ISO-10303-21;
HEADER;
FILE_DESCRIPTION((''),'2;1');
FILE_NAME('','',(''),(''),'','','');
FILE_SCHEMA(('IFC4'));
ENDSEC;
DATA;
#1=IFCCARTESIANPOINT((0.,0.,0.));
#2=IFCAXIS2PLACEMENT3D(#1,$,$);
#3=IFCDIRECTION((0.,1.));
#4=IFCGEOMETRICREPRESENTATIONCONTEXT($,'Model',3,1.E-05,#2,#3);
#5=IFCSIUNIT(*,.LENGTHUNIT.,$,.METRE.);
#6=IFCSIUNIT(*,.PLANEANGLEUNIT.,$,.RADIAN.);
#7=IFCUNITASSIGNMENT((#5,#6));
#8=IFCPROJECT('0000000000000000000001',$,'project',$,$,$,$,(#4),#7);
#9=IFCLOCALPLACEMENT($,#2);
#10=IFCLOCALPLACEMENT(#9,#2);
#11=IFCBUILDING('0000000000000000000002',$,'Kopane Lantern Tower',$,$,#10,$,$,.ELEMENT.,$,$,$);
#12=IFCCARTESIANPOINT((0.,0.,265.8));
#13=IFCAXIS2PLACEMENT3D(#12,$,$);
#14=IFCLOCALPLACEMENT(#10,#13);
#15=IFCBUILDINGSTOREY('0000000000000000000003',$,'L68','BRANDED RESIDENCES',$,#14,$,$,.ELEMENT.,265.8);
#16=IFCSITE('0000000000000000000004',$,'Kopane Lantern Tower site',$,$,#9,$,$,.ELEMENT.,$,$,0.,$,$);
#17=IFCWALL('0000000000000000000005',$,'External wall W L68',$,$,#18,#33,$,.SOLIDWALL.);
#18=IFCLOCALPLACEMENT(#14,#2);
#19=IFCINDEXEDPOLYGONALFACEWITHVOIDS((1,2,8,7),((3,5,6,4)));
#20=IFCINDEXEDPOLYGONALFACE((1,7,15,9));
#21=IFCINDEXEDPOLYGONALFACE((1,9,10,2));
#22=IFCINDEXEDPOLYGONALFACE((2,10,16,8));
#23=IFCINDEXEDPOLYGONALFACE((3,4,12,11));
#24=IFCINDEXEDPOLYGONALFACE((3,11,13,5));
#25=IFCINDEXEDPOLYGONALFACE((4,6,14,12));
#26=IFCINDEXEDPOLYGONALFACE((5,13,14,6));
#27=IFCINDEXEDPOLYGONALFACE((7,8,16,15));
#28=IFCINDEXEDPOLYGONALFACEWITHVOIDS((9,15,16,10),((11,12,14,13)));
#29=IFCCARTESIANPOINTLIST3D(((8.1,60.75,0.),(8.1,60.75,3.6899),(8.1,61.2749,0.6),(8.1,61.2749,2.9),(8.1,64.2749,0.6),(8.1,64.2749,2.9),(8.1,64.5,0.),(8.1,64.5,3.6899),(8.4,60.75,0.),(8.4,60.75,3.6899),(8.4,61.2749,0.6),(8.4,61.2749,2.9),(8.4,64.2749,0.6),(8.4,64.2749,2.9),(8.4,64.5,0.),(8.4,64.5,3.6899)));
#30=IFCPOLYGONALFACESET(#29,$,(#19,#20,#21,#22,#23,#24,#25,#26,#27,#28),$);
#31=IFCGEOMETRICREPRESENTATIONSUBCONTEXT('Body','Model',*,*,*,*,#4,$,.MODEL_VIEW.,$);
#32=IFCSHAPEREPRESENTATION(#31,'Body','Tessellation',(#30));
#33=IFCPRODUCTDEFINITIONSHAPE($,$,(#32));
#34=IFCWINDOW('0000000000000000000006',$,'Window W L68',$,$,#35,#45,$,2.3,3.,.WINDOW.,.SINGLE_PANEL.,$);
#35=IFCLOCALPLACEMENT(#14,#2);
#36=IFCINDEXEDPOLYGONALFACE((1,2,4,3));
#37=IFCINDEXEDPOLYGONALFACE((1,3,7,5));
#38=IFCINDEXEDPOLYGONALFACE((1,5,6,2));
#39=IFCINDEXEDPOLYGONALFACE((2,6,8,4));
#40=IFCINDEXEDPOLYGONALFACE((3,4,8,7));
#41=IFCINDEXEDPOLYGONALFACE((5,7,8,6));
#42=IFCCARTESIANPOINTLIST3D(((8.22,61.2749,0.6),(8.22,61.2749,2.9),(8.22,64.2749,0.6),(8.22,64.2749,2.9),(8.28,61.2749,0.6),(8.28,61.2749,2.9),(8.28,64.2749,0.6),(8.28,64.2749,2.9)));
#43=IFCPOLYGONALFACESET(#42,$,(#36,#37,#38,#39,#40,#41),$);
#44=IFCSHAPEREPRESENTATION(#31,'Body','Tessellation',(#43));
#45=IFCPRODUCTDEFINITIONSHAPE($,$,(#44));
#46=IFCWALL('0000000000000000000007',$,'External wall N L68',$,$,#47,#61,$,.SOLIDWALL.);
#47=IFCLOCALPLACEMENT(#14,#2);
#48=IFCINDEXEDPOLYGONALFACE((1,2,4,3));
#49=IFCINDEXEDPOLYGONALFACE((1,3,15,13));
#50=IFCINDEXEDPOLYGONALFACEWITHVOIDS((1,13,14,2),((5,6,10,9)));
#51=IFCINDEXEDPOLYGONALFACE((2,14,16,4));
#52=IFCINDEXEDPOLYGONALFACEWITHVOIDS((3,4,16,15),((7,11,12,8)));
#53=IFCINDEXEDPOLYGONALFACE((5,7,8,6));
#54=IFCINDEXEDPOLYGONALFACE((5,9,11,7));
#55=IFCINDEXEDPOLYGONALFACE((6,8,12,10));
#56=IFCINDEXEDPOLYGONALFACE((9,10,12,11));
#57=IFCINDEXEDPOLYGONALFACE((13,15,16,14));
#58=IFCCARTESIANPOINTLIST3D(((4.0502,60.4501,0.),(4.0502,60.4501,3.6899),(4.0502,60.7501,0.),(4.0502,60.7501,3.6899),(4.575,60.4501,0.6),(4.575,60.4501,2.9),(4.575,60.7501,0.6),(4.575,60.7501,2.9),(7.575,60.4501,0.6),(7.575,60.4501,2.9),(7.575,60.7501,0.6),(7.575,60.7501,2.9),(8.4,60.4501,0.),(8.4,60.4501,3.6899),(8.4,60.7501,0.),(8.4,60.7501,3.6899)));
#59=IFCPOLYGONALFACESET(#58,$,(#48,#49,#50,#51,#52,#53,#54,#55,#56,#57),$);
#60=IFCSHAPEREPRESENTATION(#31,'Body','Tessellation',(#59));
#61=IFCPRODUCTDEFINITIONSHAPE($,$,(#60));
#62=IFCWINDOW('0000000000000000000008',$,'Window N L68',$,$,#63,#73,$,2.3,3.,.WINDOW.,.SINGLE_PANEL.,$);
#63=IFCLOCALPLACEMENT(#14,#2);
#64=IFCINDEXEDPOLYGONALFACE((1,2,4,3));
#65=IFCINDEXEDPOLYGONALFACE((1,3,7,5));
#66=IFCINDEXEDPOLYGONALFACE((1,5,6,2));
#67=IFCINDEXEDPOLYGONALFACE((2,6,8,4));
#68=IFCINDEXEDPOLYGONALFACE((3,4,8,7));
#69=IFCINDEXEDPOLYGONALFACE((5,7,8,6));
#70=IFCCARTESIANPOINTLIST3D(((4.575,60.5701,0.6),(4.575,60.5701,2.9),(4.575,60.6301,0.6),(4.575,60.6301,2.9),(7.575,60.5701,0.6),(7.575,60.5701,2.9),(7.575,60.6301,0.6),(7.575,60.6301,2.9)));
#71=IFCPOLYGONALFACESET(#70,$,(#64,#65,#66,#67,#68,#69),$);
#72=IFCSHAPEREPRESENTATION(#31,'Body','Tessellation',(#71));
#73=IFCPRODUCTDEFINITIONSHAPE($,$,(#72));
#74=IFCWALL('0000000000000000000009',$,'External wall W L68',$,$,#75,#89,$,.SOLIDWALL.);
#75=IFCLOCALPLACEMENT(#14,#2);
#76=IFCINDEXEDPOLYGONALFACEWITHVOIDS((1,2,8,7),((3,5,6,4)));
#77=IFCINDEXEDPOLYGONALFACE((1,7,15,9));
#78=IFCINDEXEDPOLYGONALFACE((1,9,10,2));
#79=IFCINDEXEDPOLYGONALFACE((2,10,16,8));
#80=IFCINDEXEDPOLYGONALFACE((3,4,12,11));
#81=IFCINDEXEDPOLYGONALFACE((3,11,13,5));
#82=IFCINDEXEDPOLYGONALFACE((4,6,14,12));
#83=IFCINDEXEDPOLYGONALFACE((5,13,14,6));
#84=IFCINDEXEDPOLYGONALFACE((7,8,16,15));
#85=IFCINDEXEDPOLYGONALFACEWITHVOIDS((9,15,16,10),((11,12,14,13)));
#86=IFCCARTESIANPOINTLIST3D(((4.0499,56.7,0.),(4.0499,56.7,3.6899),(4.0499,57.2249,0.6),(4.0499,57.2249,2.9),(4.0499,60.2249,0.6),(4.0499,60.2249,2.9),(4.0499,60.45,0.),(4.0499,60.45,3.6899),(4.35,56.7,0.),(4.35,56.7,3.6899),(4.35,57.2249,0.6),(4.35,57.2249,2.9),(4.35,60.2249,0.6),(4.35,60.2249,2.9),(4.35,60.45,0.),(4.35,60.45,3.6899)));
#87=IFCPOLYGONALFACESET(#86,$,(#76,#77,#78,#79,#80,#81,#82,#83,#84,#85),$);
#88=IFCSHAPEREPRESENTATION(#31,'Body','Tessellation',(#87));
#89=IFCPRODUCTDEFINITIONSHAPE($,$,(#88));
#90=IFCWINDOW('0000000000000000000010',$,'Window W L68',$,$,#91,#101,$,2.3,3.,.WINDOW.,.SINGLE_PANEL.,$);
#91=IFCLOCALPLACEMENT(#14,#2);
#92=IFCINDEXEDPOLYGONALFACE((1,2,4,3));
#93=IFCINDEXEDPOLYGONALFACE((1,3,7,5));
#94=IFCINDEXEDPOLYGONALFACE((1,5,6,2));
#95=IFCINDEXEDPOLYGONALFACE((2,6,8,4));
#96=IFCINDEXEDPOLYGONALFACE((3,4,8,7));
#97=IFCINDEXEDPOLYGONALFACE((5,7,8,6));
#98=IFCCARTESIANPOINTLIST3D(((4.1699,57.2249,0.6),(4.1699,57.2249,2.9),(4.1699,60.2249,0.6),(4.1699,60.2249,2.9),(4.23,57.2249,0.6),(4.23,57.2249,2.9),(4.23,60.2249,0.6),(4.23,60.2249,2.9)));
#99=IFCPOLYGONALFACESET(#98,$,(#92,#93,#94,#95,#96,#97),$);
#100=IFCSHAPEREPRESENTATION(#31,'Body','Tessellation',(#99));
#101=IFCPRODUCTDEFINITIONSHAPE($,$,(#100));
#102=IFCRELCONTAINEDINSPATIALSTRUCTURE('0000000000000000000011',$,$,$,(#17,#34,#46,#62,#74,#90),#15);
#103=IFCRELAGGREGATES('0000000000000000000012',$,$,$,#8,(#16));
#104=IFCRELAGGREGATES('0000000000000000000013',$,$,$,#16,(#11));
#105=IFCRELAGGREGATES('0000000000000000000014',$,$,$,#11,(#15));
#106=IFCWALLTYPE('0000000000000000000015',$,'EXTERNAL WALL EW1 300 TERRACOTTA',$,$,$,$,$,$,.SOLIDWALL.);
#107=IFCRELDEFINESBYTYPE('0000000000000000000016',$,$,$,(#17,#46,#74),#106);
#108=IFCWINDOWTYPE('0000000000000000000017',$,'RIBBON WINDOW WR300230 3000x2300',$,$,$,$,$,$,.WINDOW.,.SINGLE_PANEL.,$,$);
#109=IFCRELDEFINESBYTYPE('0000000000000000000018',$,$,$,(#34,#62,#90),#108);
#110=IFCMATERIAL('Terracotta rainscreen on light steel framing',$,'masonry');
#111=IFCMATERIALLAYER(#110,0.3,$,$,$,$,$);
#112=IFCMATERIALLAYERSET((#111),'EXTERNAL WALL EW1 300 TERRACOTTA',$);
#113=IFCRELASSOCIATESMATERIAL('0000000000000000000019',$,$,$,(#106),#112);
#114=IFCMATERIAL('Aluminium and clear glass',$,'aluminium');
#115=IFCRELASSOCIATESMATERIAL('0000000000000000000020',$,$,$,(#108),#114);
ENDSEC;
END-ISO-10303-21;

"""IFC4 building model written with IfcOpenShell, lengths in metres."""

from ifc_helpers import new_model, si_unit, direction, frame, frame_2d, origin, place, context, subcontext, project, spatial, rectangle, extrude, material, layer, layer_set, type_object, element, fill, save


model = new_model("IFC4")

# Units and contexts
model_context = context("Model", 3, precision=1e-05, world=origin(), true_north=direction((0.0, 1.0)))
body_context = subcontext(model_context, "Body", "Model", "MODEL_VIEW")
ifc_project = project(units=[si_unit("LENGTHUNIT", "METRE"), si_unit("PLANEANGLEUNIT", "RADIAN")], contexts=[model_context])

# Site, building, storey
site_placement = place(None, origin())
site = spatial("IfcSite", under=ifc_project, at=site_placement, Name="Kopane Lantern Tower site", CompositionType="ELEMENT", RefElevation=0.0)
building_placement = place(site_placement, origin())
building = spatial("IfcBuilding", under=site, at=building_placement, Name="Kopane Lantern Tower", CompositionType="ELEMENT")
storey_placement = place(building_placement, frame((0.0, 0.0, 265.8)))
storey = spatial("IfcBuildingStorey", under=building, at=storey_placement, Name="L68", Description="BRANDED RESIDENCES", CompositionType="ELEMENT", Elevation=265.8)

# Walls, openings, windows
ifc_material_1 = material(Name="Terracotta rainscreen on light steel framing", Category="masonry")
ifc_layer_1 = layer(ifc_material_1, 0.3)
ifc_layer_set_1 = layer_set([ifc_layer_1], Name="EXTERNAL WALL EW1 300 TERRACOTTA")
wall_type_1 = type_object("IfcWallType", Name="EXTERNAL WALL EW1 300 TERRACOTTA", PredefinedType="SOLIDWALL", material=ifc_layer_set_1)
wall_1_placement = place(storey_placement, frame((8.25, 64.5, 0.0), z_axis=(0.0, 0.0, 1.0), x_axis=(0.0, -1.0, 0.0)))
wall_1 = element("IfcWall", 1, at=wall_1_placement, inside=storey, type_object=wall_type_1, Name="External wall W L68", PredefinedType="SOLIDWALL", context=body_context, shape_type="SweptSolid", body=[
    extrude(rectangle(XDim=3.75, YDim=0.3, at=frame_2d((1.875, 0.0))), origin(), (0.0, 0.0, 1.0), 3.6899),
])
opening_1_placement = place(wall_1_placement, frame((0.2251, 0.0, 0.6001)))
opening_1 = element("IfcOpeningElement", 2, at=opening_1_placement, cuts=wall_1, PredefinedType="OPENING", context=body_context, shape_type="SweptSolid", body=[
    extrude(rectangle(XDim=3.0, YDim=2.3, at=frame_2d((1.5, 1.1499))), frame((0.0, 0.1599, 0.0), z_axis=(0.0, -1.0, 0.0), x_axis=(1.0, 0.0, 0.0)), (0.0, 0.0, 1.0), 0.3201),
])
ifc_material_2 = material(Name="Aluminium and clear glass", Category="aluminium")
window_type = type_object("IfcWindowType", Name="RIBBON WINDOW WR300230 3000x2300", PartitioningType="SINGLE_PANEL", PredefinedType="WINDOW", material=ifc_material_2)
window_1_placement = place(opening_1_placement, origin())
window_1 = element("IfcWindow", 3, at=window_1_placement, inside=storey, type_object=window_type, Name="Window W L68", OverallHeight=2.3, OverallWidth=3.0, PartitioningType="SINGLE_PANEL", PredefinedType="WINDOW", context=body_context, shape_type="SweptSolid", body=[
    extrude(rectangle(XDim=3.0, YDim=2.3, at=frame_2d((1.5, 1.1499))), frame((0.0, 0.03, 0.0), z_axis=(0.0, -1.0, 0.0), x_axis=(1.0, 0.0, 0.0)), (0.0, 0.0, 1.0), 0.0601),
])
fill(opening_1, window_1)
wall_2_placement = place(storey_placement, frame((8.3999, 60.6001, 0.0), z_axis=(0.0, 0.0, 1.0), x_axis=(-1.0, 0.0, 0.0)))
wall_2 = element("IfcWall", 4, at=wall_2_placement, inside=storey, type_object=wall_type_1, Name="External wall N L68", PredefinedType="SOLIDWALL", context=body_context, shape_type="SweptSolid", body=[
    extrude(rectangle(XDim=4.3499, YDim=0.3, at=frame_2d((2.1748, 0.0))), origin(), (0.0, 0.0, 1.0), 3.6899),
])
opening_2_placement = place(wall_2_placement, frame((0.825, 0.0, 0.6001)))
opening_2 = element("IfcOpeningElement", 5, at=opening_2_placement, cuts=wall_2, PredefinedType="OPENING", context=body_context, shape_type="SweptSolid", body=[
    extrude(rectangle(XDim=3.0, YDim=2.3, at=frame_2d((1.5, 1.1499))), frame((0.0, 0.1599, 0.0), z_axis=(0.0, -1.0, 0.0), x_axis=(1.0, 0.0, 0.0)), (0.0, 0.0, 1.0), 0.3201),
])
window_2_placement = place(opening_2_placement, origin())
window_2 = element("IfcWindow", 6, at=window_2_placement, inside=storey, type_object=window_type, Name="Window N L68", OverallHeight=2.3, OverallWidth=3.0, PartitioningType="SINGLE_PANEL", PredefinedType="WINDOW", context=body_context, shape_type="SweptSolid", body=[
    extrude(rectangle(XDim=3.0, YDim=2.3, at=frame_2d((1.5, 1.1499))), frame((0.0, 0.03, 0.0), z_axis=(0.0, -1.0, 0.0), x_axis=(1.0, 0.0, 0.0)), (0.0, 0.0, 1.0), 0.0601),
])
fill(opening_2, window_2)
wall_3_placement = place(storey_placement, frame((4.2, 60.45, 0.0), z_axis=(0.0, 0.0, 1.0), x_axis=(0.0, -1.0, 0.0)))
wall_3 = element("IfcWall", 7, at=wall_3_placement, inside=storey, type_object=wall_type_1, Name="External wall W L68", PredefinedType="SOLIDWALL", context=body_context, shape_type="SweptSolid", body=[
    extrude(rectangle(XDim=3.75, YDim=0.3, at=frame_2d((1.875, 0.0))), origin(), (0.0, 0.0, 1.0), 3.6899),
])
opening_3_placement = place(wall_3_placement, frame((0.2251, 0.0, 0.6001)))
opening_3 = element("IfcOpeningElement", 8, at=opening_3_placement, cuts=wall_3, PredefinedType="OPENING", context=body_context, shape_type="SweptSolid", body=[
    extrude(rectangle(XDim=3.0, YDim=2.3, at=frame_2d((1.5, 1.1499))), frame((0.0, 0.1599, 0.0), z_axis=(0.0, -1.0, 0.0), x_axis=(1.0, 0.0, 0.0)), (0.0, 0.0, 1.0), 0.3201),
])
window_3_placement = place(opening_3_placement, origin())
window_3 = element("IfcWindow", 9, at=window_3_placement, inside=storey, type_object=window_type, Name="Window W L68", OverallHeight=2.3, OverallWidth=3.0, PartitioningType="SINGLE_PANEL", PredefinedType="WINDOW", context=body_context, shape_type="SweptSolid", body=[
    extrude(rectangle(XDim=3.0, YDim=2.3, at=frame_2d((1.5, 1.1499))), frame((0.0, 0.03, 0.0), z_axis=(0.0, -1.0, 0.0), x_axis=(1.0, 0.0, 0.0)), (0.0, 0.0, 1.0), 0.0601),
])
fill(opening_3, window_3)

save(model, "model.ifc")
